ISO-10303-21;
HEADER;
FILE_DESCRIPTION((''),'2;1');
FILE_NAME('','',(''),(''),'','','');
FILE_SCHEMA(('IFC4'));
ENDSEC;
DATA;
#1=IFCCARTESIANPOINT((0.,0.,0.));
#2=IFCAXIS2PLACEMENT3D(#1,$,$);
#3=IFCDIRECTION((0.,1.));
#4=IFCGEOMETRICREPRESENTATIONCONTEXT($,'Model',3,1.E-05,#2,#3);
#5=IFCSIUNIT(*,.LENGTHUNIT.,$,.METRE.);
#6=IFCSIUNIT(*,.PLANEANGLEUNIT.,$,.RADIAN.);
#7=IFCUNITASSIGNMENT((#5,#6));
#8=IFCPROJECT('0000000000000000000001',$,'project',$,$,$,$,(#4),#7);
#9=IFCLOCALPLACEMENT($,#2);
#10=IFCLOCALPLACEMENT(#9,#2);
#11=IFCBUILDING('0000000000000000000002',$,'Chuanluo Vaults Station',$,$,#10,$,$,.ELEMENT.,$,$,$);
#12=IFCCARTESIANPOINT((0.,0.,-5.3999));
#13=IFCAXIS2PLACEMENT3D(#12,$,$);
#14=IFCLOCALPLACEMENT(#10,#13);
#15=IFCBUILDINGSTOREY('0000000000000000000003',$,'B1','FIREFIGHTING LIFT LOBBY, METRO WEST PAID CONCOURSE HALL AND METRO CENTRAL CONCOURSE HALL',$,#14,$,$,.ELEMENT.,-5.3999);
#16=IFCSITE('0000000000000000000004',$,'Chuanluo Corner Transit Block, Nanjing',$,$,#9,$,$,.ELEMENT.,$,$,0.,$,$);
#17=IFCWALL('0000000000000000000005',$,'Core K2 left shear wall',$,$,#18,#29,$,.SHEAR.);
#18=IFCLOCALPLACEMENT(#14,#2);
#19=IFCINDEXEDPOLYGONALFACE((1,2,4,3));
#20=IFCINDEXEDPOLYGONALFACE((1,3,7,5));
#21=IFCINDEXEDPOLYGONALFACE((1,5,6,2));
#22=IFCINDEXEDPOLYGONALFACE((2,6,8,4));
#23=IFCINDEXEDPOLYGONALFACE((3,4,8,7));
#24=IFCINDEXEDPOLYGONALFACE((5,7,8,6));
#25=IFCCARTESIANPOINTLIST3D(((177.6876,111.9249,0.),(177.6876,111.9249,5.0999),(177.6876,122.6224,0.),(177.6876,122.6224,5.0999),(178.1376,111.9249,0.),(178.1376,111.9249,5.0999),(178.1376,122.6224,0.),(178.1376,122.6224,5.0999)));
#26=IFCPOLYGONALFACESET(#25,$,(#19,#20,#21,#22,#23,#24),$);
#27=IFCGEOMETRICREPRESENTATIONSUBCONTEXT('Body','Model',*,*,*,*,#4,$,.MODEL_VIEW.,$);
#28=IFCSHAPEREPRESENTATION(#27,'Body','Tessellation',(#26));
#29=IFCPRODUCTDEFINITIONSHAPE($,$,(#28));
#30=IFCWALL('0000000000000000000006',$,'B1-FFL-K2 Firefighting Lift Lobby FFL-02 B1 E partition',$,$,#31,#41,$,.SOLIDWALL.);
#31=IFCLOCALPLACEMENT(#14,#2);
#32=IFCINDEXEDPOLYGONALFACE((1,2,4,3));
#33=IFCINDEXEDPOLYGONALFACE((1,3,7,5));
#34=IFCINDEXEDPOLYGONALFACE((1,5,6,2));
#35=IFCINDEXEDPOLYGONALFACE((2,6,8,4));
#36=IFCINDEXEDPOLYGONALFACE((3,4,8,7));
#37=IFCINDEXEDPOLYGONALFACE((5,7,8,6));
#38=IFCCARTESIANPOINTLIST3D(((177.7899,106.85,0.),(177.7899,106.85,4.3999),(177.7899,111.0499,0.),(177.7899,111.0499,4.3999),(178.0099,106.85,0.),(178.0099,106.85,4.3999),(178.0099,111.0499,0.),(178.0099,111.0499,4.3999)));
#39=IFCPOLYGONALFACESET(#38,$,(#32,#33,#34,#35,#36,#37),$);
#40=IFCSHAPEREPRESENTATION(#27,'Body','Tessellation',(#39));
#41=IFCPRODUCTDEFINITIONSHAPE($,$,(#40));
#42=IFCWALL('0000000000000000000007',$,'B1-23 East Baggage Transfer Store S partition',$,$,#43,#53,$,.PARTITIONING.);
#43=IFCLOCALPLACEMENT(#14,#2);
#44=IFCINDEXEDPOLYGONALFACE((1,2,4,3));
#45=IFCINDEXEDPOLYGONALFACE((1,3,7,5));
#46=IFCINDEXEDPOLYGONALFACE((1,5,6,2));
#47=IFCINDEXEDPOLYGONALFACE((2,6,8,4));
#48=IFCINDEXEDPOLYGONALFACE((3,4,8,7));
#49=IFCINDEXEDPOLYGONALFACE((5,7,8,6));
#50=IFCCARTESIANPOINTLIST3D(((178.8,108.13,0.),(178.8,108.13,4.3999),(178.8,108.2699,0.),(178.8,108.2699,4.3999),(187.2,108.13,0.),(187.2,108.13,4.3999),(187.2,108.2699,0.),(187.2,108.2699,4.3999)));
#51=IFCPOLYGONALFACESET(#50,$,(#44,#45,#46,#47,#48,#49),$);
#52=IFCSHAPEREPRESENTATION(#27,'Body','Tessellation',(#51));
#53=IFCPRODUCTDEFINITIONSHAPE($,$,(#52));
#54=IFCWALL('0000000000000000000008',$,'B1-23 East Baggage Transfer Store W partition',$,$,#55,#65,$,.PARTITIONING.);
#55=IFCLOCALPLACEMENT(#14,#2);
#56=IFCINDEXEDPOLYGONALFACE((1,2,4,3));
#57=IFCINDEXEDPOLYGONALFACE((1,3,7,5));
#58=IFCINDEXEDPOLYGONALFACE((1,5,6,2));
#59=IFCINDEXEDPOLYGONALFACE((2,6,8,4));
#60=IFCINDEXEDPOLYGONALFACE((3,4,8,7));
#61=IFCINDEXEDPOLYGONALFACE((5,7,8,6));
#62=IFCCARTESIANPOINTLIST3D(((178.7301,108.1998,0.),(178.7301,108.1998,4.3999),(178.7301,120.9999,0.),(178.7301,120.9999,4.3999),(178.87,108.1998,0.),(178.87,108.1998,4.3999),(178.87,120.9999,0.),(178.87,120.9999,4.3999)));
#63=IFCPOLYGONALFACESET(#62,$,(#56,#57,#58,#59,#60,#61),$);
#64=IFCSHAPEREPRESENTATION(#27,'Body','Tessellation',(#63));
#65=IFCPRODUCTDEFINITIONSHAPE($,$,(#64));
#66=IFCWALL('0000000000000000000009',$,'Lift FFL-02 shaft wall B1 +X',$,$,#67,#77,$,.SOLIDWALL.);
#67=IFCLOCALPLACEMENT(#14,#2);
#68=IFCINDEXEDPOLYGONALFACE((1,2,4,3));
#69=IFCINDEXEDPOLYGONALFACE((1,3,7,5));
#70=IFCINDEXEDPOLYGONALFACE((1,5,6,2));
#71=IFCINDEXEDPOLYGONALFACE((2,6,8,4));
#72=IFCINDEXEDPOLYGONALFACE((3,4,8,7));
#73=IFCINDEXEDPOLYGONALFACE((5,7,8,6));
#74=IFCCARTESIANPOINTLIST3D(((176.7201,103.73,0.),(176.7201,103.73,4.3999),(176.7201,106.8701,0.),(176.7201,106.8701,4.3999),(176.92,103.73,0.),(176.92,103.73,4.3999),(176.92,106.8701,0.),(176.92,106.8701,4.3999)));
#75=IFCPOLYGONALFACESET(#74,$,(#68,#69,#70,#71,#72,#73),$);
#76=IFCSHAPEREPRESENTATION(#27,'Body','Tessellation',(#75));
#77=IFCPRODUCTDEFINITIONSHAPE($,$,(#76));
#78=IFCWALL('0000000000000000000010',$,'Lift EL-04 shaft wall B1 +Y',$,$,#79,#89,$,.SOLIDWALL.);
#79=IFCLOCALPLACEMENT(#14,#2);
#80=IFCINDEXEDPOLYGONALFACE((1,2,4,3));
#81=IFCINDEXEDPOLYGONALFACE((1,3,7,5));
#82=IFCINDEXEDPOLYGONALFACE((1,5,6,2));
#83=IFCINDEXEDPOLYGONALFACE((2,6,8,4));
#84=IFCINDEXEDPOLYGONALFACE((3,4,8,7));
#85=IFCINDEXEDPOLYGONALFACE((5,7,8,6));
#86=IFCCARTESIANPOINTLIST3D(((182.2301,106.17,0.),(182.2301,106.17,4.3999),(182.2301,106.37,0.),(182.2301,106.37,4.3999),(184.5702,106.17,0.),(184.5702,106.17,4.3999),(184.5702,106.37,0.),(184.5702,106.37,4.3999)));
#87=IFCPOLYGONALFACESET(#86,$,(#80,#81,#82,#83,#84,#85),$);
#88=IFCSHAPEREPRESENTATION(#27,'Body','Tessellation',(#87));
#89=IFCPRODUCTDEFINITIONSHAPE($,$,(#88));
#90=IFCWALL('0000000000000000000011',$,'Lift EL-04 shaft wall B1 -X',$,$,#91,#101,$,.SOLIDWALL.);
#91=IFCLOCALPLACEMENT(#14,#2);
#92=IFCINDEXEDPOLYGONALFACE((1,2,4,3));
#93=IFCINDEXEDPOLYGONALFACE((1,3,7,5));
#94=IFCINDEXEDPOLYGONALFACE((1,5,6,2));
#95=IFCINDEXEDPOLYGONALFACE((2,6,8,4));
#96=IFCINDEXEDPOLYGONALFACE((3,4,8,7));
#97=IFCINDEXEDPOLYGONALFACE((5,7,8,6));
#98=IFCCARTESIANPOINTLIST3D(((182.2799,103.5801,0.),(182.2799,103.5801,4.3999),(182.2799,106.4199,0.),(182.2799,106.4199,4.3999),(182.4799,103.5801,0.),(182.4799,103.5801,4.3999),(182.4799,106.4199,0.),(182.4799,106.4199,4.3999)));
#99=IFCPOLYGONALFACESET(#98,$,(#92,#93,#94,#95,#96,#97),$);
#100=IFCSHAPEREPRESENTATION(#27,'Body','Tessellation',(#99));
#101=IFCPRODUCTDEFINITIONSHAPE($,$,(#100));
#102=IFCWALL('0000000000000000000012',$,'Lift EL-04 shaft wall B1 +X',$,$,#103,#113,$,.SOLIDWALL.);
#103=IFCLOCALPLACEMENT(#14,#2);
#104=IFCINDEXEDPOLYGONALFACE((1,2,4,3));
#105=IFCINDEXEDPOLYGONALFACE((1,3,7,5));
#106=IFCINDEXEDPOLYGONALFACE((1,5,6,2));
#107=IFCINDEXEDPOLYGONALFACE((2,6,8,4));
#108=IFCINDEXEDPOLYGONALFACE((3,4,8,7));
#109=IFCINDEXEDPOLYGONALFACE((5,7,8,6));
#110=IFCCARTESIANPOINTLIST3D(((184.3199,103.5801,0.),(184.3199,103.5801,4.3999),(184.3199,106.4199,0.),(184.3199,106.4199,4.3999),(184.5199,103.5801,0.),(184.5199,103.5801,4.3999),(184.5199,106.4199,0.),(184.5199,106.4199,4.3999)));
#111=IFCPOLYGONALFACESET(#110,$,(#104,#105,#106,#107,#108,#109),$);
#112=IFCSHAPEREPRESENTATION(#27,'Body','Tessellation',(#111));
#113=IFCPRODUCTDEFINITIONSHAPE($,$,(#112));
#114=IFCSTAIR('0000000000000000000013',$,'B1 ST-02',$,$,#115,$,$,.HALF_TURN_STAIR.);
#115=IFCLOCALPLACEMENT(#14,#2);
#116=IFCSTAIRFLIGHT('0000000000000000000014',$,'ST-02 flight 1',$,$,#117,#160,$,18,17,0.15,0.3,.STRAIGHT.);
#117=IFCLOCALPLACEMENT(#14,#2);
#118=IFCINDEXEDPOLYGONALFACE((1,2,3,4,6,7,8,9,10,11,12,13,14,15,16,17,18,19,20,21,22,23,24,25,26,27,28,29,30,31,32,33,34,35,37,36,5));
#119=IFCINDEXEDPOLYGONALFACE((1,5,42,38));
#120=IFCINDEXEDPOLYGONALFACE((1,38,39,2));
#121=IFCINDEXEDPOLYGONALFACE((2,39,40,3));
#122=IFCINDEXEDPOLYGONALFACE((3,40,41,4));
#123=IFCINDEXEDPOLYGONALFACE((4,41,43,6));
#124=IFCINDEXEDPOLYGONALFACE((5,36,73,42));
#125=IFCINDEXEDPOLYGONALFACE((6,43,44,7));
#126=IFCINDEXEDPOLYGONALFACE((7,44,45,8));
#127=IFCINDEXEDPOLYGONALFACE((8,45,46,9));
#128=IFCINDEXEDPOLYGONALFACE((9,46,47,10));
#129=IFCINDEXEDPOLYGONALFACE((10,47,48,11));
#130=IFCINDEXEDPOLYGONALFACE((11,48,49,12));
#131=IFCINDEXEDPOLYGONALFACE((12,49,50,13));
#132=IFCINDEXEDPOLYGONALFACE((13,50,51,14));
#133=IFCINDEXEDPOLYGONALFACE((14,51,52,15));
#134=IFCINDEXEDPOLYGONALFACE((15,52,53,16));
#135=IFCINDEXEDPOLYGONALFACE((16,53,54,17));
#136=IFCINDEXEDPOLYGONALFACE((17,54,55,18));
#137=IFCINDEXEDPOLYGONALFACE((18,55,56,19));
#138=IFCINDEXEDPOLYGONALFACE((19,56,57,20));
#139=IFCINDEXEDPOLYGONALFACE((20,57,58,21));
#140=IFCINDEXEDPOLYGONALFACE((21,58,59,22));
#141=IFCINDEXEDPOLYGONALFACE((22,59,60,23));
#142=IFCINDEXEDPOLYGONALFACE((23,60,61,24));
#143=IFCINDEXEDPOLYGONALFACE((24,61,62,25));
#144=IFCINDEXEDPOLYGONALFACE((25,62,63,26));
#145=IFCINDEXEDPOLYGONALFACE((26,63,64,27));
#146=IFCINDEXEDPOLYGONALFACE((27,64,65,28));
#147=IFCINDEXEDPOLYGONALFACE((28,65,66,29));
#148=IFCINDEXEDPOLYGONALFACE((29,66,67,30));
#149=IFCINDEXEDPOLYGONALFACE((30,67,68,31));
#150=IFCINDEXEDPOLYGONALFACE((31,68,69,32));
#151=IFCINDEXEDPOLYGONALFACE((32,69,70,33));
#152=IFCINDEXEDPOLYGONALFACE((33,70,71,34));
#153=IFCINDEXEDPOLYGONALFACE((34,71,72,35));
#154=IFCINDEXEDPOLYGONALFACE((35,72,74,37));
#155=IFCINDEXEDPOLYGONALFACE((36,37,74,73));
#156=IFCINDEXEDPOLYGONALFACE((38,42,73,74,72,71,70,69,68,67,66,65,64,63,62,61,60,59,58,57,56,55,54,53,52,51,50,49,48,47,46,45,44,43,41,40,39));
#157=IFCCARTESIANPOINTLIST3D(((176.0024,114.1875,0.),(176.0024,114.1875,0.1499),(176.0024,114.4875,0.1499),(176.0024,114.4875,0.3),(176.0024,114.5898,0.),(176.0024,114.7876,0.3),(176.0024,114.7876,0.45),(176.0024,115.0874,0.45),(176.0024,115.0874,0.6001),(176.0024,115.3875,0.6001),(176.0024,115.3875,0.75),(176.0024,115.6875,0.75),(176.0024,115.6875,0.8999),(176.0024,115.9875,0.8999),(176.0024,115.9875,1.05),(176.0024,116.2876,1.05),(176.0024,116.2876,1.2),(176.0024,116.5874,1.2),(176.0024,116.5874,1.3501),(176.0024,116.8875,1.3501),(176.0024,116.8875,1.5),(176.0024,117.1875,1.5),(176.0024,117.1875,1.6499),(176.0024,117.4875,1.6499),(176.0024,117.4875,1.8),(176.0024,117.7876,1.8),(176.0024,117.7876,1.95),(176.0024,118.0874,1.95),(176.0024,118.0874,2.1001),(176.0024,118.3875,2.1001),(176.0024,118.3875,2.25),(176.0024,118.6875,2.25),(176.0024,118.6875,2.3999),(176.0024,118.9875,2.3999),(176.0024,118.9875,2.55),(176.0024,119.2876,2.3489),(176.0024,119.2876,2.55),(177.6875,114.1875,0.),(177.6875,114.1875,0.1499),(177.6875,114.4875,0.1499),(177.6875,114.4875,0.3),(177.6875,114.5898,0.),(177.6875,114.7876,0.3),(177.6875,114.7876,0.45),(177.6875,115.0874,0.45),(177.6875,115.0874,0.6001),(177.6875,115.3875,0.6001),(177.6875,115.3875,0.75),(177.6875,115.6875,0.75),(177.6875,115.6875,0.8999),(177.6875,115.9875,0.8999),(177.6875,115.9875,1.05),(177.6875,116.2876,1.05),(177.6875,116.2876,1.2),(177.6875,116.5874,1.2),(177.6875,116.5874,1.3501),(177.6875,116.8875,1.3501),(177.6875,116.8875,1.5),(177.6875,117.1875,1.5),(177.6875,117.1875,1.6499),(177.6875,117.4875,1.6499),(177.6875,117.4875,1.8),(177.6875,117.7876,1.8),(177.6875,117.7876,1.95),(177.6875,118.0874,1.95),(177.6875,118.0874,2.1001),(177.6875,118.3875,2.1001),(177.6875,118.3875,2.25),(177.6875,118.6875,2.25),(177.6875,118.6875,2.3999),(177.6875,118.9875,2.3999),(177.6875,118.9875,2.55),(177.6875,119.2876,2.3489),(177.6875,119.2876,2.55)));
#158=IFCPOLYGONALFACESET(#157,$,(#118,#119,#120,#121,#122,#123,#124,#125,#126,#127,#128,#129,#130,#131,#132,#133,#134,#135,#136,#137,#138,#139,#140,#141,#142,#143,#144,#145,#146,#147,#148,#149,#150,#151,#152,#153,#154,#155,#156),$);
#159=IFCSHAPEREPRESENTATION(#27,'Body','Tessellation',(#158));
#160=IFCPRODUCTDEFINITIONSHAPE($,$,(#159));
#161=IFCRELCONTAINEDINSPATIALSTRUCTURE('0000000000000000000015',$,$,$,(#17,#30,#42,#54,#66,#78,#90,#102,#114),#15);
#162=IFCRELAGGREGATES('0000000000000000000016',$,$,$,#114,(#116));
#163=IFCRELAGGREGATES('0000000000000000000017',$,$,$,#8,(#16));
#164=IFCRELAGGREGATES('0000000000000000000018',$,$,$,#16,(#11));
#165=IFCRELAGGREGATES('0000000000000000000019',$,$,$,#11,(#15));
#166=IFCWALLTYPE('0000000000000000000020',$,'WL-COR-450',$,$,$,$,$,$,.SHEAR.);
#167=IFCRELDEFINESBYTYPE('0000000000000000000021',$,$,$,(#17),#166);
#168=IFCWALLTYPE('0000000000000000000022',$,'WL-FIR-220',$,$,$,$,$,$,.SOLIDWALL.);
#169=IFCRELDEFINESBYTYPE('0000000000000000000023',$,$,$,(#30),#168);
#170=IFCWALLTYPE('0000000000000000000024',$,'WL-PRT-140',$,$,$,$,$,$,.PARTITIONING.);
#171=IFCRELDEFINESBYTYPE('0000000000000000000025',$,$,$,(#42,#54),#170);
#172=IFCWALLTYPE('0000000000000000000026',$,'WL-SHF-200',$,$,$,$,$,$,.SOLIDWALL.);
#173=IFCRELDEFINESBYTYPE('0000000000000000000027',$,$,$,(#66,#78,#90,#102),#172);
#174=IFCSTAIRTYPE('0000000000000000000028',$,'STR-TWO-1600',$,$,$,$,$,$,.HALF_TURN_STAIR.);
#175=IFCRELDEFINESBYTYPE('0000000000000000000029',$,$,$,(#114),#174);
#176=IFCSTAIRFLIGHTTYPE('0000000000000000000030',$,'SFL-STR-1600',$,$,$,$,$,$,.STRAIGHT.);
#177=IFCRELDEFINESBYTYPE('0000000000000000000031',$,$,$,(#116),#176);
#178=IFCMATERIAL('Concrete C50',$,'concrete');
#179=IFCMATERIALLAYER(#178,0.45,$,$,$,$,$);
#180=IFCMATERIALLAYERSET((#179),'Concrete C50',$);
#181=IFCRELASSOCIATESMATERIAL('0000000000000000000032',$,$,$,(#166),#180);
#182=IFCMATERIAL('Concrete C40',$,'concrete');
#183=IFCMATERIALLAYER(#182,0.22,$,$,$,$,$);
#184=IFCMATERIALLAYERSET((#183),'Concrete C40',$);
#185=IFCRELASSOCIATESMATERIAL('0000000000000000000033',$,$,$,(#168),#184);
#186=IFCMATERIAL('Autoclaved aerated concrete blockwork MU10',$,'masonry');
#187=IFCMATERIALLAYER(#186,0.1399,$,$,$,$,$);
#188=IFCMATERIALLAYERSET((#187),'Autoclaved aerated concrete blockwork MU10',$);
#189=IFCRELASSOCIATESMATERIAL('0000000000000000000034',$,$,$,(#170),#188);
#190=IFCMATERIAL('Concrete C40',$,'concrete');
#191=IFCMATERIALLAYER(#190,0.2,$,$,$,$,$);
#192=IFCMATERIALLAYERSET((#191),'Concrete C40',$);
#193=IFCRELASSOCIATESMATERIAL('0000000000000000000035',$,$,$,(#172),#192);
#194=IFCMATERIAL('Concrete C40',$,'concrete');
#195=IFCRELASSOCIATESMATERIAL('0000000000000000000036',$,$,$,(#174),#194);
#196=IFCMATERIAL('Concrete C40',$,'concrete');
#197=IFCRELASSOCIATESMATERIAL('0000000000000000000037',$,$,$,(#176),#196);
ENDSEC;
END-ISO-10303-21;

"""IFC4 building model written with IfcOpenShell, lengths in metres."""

from ifc_helpers import new_model, si_unit, direction, frame, frame_2d, origin, place, context, subcontext, project, spatial, polyline, rectangle, outline, extrude, material, layer, layer_set, type_object, element, aggregate, save


model = new_model("IFC4")

# Units and contexts
model_context = context("Model", 3, precision=1e-05, world=origin(), true_north=direction((0.0, 1.0)))
body_context = subcontext(model_context, "Body", "Model", "MODEL_VIEW")
ifc_project = project(units=[si_unit("LENGTHUNIT", "METRE"), si_unit("PLANEANGLEUNIT", "RADIAN")], contexts=[model_context])

# Site, building, storey
site_placement = place(None, origin())
site = spatial("IfcSite", under=ifc_project, at=site_placement, Name="Chuanluo Corner Transit Block, Nanjing", CompositionType="ELEMENT", RefElevation=0.0)
building_placement = place(site_placement, origin())
building = spatial("IfcBuilding", under=site, at=building_placement, Name="Chuanluo Vaults Station", CompositionType="ELEMENT")
storey_placement = place(building_placement, frame((0.0, 0.0, -5.3999)))
storey = spatial("IfcBuildingStorey", under=building, at=storey_placement, Name="B1", Description="FIREFIGHTING LIFT LOBBY, METRO WEST PAID CONCOURSE HALL AND METRO CENTRAL CONCOURSE HALL", CompositionType="ELEMENT", Elevation=-5.3999)

# Walls
ifc_material_1 = material(Name="Concrete C50", Category="concrete")
ifc_layer_1 = layer(ifc_material_1, 0.45)
ifc_layer_set_1 = layer_set([ifc_layer_1], Name="Concrete C50")
wall_type_1 = type_object("IfcWallType", Name="WL-COR-450", PredefinedType="SHEAR", material=ifc_layer_set_1)
wall_1_placement = place(storey_placement, frame((177.9126, 111.925, 0.0), z_axis=(0.0, 0.0, 1.0), x_axis=(0.0, 1.0, 0.0)))
element("IfcWall", 1, at=wall_1_placement, inside=storey, type_object=wall_type_1, Name="Core K2 left shear wall", PredefinedType="SHEAR", context=body_context, shape_type="SweptSolid", body=[
    extrude(rectangle(XDim=10.6975, YDim=0.45, at=frame_2d((5.3486, 0.0))), origin(), (0.0, 0.0, 1.0), 5.0999),
])
ifc_material_2 = material(Name="Concrete C40", Category="concrete")
ifc_layer_2 = layer(ifc_material_2, 0.22)
ifc_layer_set_2 = layer_set([ifc_layer_2], Name="Concrete C40")
wall_type_2 = type_object("IfcWallType", Name="WL-FIR-220", PredefinedType="SOLIDWALL", material=ifc_layer_set_2)
wall_2_placement = place(storey_placement, frame((177.8999, 111.05, 0.0), z_axis=(0.0, 0.0, 1.0), x_axis=(0.0, -1.0, 0.0)))
element("IfcWall", 2, at=wall_2_placement, inside=storey, type_object=wall_type_2, Name="B1-FFL-K2 Firefighting Lift Lobby FFL-02 B1 E partition", PredefinedType="SOLIDWALL", context=body_context, shape_type="SweptSolid", body=[
    extrude(rectangle(XDim=4.2, YDim=0.22, at=frame_2d((2.1001, 0.0))), origin(), (0.0, 0.0, 1.0), 4.3999),
])
ifc_material_3 = material(Name="Autoclaved aerated concrete blockwork MU10", Category="masonry")
ifc_layer_3 = layer(ifc_material_3, 0.1399)
ifc_layer_set_3 = layer_set([ifc_layer_3], Name="Autoclaved aerated concrete blockwork MU10")
wall_type_3 = type_object("IfcWallType", Name="WL-PRT-140", PredefinedType="PARTITIONING", material=ifc_layer_set_3)
wall_3_placement = place(storey_placement, frame((187.2, 108.2, 0.0), z_axis=(0.0, 0.0, 1.0), x_axis=(-1.0, 0.0, 0.0)))
element("IfcWall", 3, at=wall_3_placement, inside=storey, type_object=wall_type_3, Name="B1-23 East Baggage Transfer Store S partition", PredefinedType="PARTITIONING", context=body_context, shape_type="SweptSolid", body=[
    extrude(rectangle(XDim=8.3999, YDim=0.1399, at=frame_2d((4.2, 0.0))), origin(), (0.0, 0.0, 1.0), 4.3999),
])
wall_4_placement = place(storey_placement, frame((178.8, 108.2, 0.0), z_axis=(0.0, 0.0, 1.0), x_axis=(0.0, 1.0, 0.0)))
element("IfcWall", 4, at=wall_4_placement, inside=storey, type_object=wall_type_3, Name="B1-23 East Baggage Transfer Store W partition", PredefinedType="PARTITIONING", context=body_context, shape_type="SweptSolid", body=[
    extrude(rectangle(XDim=12.8, YDim=0.1399, at=frame_2d((6.3999, 0.0))), origin(), (0.0, 0.0, 1.0), 4.3999),
])

# Shared definitions
ifc_material_4 = material(Name="Concrete C40", Category="concrete")
ifc_layer_4 = layer(ifc_material_4, 0.2)
ifc_layer_set_4 = layer_set([ifc_layer_4], Name="Concrete C40")
wall_type_4 = type_object("IfcWallType", Name="WL-SHF-200", PredefinedType="SOLIDWALL", material=ifc_layer_set_4)

# Wall
wall_5_placement = place(storey_placement, frame((176.8201, 103.73, 0.0), z_axis=(0.0, 0.0, 1.0), x_axis=(0.0, 1.0, 0.0)))
element("IfcWall", 5, at=wall_5_placement, inside=storey, type_object=wall_type_4, Name="Lift FFL-02 shaft wall B1 +X", PredefinedType="SOLIDWALL", context=body_context, shape_type="SweptSolid", body=[
    extrude(rectangle(XDim=3.1401, YDim=0.2, at=frame_2d((1.5701, 0.0))), origin(), (0.0, 0.0, 1.0), 4.3999),
])

# Walls
wall_6_placement = place(storey_placement, frame((184.5701, 106.27, 0.0), z_axis=(0.0, 0.0, 1.0), x_axis=(-1.0, 0.0, 0.0)))
element("IfcWall", 6, at=wall_6_placement, inside=storey, type_object=wall_type_4, Name="Lift EL-04 shaft wall B1 +Y", PredefinedType="SOLIDWALL", context=body_context, shape_type="SweptSolid", body=[
    extrude(rectangle(XDim=2.3401, YDim=0.2, at=frame_2d((1.1699, 0.0))), origin(), (0.0, 0.0, 1.0), 4.3999),
])
for number, where, z_axis, x_axis, name in (
    (7, (182.3799, 106.4199, 0.0), (0.0, 0.0, 1.0), (0.0, -1.0, 0.0), "Lift EL-04 shaft wall B1 -X"),
    (8, (184.4199, 103.5801, 0.0), (0.0, 0.0, 1.0), (0.0, 1.0, 0.0), "Lift EL-04 shaft wall B1 +X"),
):
    element("IfcWall", number, at=place(storey_placement, frame(where, z_axis=z_axis, x_axis=x_axis)), inside=storey, type_object=wall_type_4, Name=name, PredefinedType="SOLIDWALL", context=body_context, shape_type="SweptSolid", body=[
        extrude(rectangle(XDim=2.8398, YDim=0.2, at=frame_2d((1.4199, 0.0))), origin(), (0.0, 0.0, 1.0), 4.3999),
    ])

# Stair, stair flight
ifc_material_5 = material(Name="Concrete C40", Category="concrete")
stair_type = type_object("IfcStairType", Name="STR-TWO-1600", PredefinedType="HALF_TURN_STAIR", material=ifc_material_5)
stair_placement = place(storey_placement, origin())
stair = element("IfcStair", 9, at=stair_placement, inside=storey, type_object=stair_type, Name="B1 ST-02", PredefinedType="HALF_TURN_STAIR")
ifc_material_6 = material(Name="Concrete C40", Category="concrete")
stair_flight_type = type_object("IfcStairFlightType", Name="SFL-STR-1600", PredefinedType="STRAIGHT", material=ifc_material_6)
stair_flight_placement = place(storey_placement, frame((176.845, 114.1875, 0.0), z_axis=(0.0, 0.0, 1.0), x_axis=(0.0, 1.0, 0.0)))
stair_flight = element("IfcStairFlight", 10, at=stair_flight_placement, type_object=stair_flight_type, Name="ST-02 flight 1", NumberOfRisers=18, NumberOfTreads=17, PredefinedType="STRAIGHT", RiserHeight=0.15, TreadLength=0.3, context=body_context, shape_type="SweptSolid", body=[
    extrude(outline(polyline([(0.0, 0.0), (0.0, 0.1499), (0.3, 0.1499), (0.3, 0.3), (0.6001, 0.3), (0.6001, 0.45), (0.8999, 0.45), (0.8999, 0.6001), (1.2, 0.6001), (1.2, 0.75), (1.5, 0.75), (1.5, 0.8999), (1.8, 0.8999), (1.8, 1.05), (2.1001, 1.05), (2.1001, 1.2), (2.3999, 1.2), (2.3999, 1.3501), (2.7, 1.3501), (2.7, 1.5), (3.0, 1.5), (3.0, 1.6499), (3.3, 1.6499), (3.3, 1.8), (3.6001, 1.8), (3.6001, 1.95), (3.8999, 1.95), (3.8999, 2.1001), (4.2, 2.1001), (4.2, 2.25), (4.5, 2.25), (4.5, 2.3999), (4.8, 2.3999), (4.8, 2.55), (5.1001, 2.55), (5.1001, 2.7), (5.1001, 2.3489), (0.4023, 0.0), (0.0, 0.0)])), frame((0.0, 0.8425, 0.0), z_axis=(0.0, -1.0, 0.0), x_axis=(1.0, 0.0, 0.0)), (0.0, 0.0, 1.0), 1.6851),
])
aggregate(stair, [stair_flight])

save(model, "model.ifc")
